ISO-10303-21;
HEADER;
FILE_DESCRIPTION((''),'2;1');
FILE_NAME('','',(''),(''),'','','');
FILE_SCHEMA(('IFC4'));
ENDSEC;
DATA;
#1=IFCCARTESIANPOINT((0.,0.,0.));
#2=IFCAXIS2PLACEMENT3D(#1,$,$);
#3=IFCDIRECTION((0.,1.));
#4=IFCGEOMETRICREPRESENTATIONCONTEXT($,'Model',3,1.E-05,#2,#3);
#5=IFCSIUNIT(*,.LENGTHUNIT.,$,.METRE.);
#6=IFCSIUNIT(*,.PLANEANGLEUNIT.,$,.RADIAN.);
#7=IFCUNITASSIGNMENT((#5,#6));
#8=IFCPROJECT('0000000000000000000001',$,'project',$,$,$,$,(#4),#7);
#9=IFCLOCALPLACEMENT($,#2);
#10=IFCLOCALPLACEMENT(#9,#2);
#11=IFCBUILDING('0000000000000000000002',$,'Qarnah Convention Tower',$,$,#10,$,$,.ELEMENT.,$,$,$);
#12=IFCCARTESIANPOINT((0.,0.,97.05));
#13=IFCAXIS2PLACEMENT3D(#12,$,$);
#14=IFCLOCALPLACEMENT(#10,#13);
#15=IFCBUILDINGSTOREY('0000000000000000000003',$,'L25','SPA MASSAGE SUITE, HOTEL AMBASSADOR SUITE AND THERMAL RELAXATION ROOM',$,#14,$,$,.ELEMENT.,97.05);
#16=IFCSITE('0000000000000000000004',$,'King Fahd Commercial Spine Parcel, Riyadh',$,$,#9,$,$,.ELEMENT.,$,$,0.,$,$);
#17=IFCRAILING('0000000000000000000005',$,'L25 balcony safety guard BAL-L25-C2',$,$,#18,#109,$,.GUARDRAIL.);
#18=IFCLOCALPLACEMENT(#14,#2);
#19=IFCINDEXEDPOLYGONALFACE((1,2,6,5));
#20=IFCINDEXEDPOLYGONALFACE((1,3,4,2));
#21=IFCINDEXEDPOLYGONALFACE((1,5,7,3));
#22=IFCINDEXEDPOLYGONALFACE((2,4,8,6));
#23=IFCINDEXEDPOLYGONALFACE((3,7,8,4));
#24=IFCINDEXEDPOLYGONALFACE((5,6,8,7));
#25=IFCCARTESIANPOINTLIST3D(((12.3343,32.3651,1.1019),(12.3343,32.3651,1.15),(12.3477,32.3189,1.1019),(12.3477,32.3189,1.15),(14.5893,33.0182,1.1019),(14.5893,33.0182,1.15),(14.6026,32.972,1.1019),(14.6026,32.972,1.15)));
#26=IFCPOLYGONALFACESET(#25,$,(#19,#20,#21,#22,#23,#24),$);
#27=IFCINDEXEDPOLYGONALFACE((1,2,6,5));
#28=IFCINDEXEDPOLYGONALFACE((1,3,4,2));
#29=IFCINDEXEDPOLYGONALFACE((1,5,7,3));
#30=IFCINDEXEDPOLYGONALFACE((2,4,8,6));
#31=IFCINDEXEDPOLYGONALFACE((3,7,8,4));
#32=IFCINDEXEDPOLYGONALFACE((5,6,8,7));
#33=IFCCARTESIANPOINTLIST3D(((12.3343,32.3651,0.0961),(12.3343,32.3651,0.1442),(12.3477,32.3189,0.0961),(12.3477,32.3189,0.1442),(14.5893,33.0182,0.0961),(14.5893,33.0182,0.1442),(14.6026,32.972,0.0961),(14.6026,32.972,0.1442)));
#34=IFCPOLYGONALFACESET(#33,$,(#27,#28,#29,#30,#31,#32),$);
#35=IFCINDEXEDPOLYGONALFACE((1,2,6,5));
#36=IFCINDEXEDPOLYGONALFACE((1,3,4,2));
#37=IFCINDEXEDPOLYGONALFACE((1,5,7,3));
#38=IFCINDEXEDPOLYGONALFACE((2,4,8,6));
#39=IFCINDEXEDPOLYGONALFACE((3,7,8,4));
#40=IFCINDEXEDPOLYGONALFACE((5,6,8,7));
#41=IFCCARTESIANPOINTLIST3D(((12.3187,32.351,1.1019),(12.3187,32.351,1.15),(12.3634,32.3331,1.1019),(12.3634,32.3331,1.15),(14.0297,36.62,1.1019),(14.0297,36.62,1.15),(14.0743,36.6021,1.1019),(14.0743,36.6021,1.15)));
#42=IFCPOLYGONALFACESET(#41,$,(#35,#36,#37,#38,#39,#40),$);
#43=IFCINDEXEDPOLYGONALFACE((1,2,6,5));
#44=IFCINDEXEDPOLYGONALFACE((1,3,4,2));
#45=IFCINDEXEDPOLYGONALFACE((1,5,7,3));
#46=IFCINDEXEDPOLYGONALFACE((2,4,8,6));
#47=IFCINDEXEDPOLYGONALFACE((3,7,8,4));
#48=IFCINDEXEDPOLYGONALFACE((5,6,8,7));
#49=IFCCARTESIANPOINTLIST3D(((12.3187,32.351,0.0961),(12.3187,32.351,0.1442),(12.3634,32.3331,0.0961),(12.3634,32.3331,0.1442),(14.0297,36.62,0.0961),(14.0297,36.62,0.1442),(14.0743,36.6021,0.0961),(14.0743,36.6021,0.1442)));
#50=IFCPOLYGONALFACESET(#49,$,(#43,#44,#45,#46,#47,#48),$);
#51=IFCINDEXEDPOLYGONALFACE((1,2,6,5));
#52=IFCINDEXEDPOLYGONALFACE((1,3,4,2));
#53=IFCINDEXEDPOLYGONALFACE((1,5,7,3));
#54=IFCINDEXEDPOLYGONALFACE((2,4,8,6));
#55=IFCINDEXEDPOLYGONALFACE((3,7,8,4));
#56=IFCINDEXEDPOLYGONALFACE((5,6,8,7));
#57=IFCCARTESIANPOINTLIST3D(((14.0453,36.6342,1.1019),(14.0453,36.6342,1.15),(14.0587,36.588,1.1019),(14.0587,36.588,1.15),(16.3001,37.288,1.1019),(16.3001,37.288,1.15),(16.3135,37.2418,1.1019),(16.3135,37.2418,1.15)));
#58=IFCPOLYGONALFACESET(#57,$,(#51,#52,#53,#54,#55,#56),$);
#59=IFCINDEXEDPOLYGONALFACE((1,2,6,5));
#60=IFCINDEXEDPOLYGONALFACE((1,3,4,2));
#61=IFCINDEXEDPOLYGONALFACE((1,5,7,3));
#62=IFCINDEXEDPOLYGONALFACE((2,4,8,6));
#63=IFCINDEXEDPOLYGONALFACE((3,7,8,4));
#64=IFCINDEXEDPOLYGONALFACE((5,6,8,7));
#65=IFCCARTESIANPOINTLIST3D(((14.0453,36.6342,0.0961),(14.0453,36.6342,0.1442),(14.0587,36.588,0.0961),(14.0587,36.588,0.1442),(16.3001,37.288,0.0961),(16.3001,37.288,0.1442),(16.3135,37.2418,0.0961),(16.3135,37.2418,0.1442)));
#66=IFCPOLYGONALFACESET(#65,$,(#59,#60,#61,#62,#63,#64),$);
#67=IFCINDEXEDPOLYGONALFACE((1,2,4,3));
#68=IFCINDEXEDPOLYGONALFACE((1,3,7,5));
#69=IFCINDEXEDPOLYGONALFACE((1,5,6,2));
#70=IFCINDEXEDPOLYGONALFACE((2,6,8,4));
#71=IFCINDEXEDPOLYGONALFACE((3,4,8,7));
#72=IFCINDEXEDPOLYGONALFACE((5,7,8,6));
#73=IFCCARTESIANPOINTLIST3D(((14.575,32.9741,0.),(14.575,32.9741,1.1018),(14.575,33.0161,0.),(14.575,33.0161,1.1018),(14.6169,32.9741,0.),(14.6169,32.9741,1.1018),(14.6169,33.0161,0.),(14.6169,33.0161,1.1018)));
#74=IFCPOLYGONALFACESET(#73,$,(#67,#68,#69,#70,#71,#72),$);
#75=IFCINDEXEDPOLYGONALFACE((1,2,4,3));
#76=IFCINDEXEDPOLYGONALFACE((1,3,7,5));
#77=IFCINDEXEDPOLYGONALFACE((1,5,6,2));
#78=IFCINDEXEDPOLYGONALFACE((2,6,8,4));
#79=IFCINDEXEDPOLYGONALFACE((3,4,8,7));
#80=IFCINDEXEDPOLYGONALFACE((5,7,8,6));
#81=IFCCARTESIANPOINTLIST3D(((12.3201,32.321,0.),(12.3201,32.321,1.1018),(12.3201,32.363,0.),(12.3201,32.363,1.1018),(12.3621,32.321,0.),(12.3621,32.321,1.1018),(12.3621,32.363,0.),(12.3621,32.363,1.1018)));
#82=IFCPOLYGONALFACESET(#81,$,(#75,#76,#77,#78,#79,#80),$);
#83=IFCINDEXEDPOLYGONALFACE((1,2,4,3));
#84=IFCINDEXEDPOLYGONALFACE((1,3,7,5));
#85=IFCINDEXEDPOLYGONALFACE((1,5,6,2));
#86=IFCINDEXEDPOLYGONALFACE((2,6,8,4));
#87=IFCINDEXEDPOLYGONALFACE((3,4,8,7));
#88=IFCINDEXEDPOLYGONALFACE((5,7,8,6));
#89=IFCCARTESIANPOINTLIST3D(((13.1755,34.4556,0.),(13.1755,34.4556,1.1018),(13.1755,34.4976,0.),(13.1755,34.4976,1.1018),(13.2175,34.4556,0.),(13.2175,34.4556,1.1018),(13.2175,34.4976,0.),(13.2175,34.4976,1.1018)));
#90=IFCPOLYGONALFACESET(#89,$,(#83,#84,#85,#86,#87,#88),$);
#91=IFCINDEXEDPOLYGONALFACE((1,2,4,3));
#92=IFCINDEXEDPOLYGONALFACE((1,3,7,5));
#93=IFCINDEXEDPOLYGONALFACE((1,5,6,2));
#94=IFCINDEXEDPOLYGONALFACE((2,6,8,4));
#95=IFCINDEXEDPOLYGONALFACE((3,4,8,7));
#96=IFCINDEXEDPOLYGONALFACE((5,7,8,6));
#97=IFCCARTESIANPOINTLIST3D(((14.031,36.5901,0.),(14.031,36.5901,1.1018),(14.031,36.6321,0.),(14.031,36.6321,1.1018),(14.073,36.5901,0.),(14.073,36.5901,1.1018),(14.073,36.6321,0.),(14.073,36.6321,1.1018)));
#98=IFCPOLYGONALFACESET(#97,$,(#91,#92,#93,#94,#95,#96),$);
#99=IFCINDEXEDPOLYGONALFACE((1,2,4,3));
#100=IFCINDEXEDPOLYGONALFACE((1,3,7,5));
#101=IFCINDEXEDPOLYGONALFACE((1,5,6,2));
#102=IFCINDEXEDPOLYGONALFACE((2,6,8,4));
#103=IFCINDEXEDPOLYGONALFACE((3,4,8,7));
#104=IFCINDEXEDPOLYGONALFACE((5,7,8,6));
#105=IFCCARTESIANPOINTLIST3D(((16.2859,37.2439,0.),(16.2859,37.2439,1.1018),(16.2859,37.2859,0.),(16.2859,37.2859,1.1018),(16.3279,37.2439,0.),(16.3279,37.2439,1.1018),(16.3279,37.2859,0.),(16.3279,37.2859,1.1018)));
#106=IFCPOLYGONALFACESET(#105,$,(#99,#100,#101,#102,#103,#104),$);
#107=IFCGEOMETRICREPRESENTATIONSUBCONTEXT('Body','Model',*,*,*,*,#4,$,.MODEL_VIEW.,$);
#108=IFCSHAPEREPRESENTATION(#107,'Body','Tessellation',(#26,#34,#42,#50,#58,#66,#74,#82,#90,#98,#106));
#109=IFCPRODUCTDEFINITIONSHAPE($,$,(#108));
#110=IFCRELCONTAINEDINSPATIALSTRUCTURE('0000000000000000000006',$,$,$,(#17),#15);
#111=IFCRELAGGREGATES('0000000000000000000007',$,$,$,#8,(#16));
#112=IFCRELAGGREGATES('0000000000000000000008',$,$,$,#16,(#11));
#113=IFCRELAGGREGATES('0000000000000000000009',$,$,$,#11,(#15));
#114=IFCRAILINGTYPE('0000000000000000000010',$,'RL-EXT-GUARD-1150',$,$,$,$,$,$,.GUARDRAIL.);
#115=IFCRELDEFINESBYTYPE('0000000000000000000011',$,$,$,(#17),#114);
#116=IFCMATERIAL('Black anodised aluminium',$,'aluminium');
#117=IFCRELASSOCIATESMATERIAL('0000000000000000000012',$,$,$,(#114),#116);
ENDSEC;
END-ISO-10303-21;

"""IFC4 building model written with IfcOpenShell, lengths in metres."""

from ifc_helpers import new_model, si_unit, direction, frame, origin, origin_2d, place, context, subcontext, project, spatial, rectangle, extrude, material, type_object, element, save


model = new_model("IFC4")

# Units and contexts
model_context = context("Model", 3, precision=1e-05, world=origin(), true_north=direction((0.0, 1.0)))
body_context = subcontext(model_context, "Body", "Model", "MODEL_VIEW")
ifc_project = project(units=[si_unit("LENGTHUNIT", "METRE"), si_unit("PLANEANGLEUNIT", "RADIAN")], contexts=[model_context])

# Site, building, storey
site_placement = place(None, origin())
site = spatial("IfcSite", under=ifc_project, at=site_placement, Name="King Fahd Commercial Spine Parcel, Riyadh", CompositionType="ELEMENT", RefElevation=0.0)
building_placement = place(site_placement, origin())
building = spatial("IfcBuilding", under=site, at=building_placement, Name="Qarnah Convention Tower", CompositionType="ELEMENT")
storey_placement = place(building_placement, frame((0.0, 0.0, 97.05)))
storey = spatial("IfcBuildingStorey", under=building, at=storey_placement, Name="L25", Description="SPA MASSAGE SUITE, HOTEL AMBASSADOR SUITE AND THERMAL RELAXATION ROOM", CompositionType="ELEMENT", Elevation=97.05)

# Shared definitions
ifc_material_1 = material(Name="Black anodised aluminium", Category="aluminium")

# Railing
railing_type = type_object("IfcRailingType", Name="RL-EXT-GUARD-1150", PredefinedType="GUARDRAIL", material=ifc_material_1)
railing_1_placement = place(storey_placement, frame((14.5959, 32.9951, 0.0)))
element("IfcRailing", 1, at=railing_1_placement, inside=storey, type_object=railing_type, Name="L25 balcony safety guard BAL-L25-C2", PredefinedType="GUARDRAIL", context=body_context, shape_type="SweptSolid", body=[
    extrude(rectangle(XDim=0.0481, YDim=0.0481, at=origin_2d()), frame((0.0, 0.0, 1.126), z_axis=(-0.960525, -0.278194, 0.0), x_axis=(0.278194, -0.960525, 0.0)), (0.0, 0.0, 1.0), 2.3477),
    extrude(rectangle(XDim=0.0481, YDim=0.0481, at=origin_2d()), frame((0.0, 0.0, 0.1201), z_axis=(-0.960525, -0.278194, 0.0), x_axis=(0.278194, -0.960525, 0.0)), (0.0, 0.0, 1.0), 2.3477),
    extrude(rectangle(XDim=0.0481, YDim=0.0481, at=origin_2d()), frame((-2.2549, -0.6531, 1.126), z_axis=(0.372013, 0.928228, 0.0), x_axis=(-0.928228, 0.372013, 0.0)), (0.0, 0.0, 1.0), 4.5991),
    extrude(rectangle(XDim=0.0481, YDim=0.0481, at=origin_2d()), frame((-2.2549, -0.6531, 0.1201), z_axis=(0.372013, 0.928228, 0.0), x_axis=(-0.928228, 0.372013, 0.0)), (0.0, 0.0, 1.0), 4.5991),
    extrude(rectangle(XDim=0.0481, YDim=0.0481, at=origin_2d()), frame((-0.5439, 3.616, 1.126), z_axis=(0.960441, 0.278482, 0.0), x_axis=(-0.278482, 0.960441, 0.0)), (0.0, 0.0, 1.0), 2.3477),
    extrude(rectangle(XDim=0.0481, YDim=0.0481, at=origin_2d()), frame((-0.5439, 3.616, 0.1201), z_axis=(0.960441, 0.278482, 0.0), x_axis=(-0.278482, 0.960441, 0.0)), (0.0, 0.0, 1.0), 2.3477),
    extrude(rectangle(XDim=0.042, YDim=0.042, at=origin_2d()), origin(), (0.0, 0.0, 1.0), 1.1018),
    extrude(rectangle(XDim=0.042, YDim=0.042, at=origin_2d()), frame((-2.2549, -0.6531, 0.0)), (0.0, 0.0, 1.0), 1.1018),
    extrude(rectangle(XDim=0.042, YDim=0.042, at=origin_2d()), frame((-1.3994, 1.4814, 0.0)), (0.0, 0.0, 1.0), 1.1018),
    extrude(rectangle(XDim=0.042, YDim=0.042, at=origin_2d()), frame((-0.5439, 3.616, 0.0)), (0.0, 0.0, 1.0), 1.1018),
    extrude(rectangle(XDim=0.042, YDim=0.042, at=origin_2d()), frame((1.7109, 4.2698, 0.0)), (0.0, 0.0, 1.0), 1.1018),
])

save(model, "model.ifc")
